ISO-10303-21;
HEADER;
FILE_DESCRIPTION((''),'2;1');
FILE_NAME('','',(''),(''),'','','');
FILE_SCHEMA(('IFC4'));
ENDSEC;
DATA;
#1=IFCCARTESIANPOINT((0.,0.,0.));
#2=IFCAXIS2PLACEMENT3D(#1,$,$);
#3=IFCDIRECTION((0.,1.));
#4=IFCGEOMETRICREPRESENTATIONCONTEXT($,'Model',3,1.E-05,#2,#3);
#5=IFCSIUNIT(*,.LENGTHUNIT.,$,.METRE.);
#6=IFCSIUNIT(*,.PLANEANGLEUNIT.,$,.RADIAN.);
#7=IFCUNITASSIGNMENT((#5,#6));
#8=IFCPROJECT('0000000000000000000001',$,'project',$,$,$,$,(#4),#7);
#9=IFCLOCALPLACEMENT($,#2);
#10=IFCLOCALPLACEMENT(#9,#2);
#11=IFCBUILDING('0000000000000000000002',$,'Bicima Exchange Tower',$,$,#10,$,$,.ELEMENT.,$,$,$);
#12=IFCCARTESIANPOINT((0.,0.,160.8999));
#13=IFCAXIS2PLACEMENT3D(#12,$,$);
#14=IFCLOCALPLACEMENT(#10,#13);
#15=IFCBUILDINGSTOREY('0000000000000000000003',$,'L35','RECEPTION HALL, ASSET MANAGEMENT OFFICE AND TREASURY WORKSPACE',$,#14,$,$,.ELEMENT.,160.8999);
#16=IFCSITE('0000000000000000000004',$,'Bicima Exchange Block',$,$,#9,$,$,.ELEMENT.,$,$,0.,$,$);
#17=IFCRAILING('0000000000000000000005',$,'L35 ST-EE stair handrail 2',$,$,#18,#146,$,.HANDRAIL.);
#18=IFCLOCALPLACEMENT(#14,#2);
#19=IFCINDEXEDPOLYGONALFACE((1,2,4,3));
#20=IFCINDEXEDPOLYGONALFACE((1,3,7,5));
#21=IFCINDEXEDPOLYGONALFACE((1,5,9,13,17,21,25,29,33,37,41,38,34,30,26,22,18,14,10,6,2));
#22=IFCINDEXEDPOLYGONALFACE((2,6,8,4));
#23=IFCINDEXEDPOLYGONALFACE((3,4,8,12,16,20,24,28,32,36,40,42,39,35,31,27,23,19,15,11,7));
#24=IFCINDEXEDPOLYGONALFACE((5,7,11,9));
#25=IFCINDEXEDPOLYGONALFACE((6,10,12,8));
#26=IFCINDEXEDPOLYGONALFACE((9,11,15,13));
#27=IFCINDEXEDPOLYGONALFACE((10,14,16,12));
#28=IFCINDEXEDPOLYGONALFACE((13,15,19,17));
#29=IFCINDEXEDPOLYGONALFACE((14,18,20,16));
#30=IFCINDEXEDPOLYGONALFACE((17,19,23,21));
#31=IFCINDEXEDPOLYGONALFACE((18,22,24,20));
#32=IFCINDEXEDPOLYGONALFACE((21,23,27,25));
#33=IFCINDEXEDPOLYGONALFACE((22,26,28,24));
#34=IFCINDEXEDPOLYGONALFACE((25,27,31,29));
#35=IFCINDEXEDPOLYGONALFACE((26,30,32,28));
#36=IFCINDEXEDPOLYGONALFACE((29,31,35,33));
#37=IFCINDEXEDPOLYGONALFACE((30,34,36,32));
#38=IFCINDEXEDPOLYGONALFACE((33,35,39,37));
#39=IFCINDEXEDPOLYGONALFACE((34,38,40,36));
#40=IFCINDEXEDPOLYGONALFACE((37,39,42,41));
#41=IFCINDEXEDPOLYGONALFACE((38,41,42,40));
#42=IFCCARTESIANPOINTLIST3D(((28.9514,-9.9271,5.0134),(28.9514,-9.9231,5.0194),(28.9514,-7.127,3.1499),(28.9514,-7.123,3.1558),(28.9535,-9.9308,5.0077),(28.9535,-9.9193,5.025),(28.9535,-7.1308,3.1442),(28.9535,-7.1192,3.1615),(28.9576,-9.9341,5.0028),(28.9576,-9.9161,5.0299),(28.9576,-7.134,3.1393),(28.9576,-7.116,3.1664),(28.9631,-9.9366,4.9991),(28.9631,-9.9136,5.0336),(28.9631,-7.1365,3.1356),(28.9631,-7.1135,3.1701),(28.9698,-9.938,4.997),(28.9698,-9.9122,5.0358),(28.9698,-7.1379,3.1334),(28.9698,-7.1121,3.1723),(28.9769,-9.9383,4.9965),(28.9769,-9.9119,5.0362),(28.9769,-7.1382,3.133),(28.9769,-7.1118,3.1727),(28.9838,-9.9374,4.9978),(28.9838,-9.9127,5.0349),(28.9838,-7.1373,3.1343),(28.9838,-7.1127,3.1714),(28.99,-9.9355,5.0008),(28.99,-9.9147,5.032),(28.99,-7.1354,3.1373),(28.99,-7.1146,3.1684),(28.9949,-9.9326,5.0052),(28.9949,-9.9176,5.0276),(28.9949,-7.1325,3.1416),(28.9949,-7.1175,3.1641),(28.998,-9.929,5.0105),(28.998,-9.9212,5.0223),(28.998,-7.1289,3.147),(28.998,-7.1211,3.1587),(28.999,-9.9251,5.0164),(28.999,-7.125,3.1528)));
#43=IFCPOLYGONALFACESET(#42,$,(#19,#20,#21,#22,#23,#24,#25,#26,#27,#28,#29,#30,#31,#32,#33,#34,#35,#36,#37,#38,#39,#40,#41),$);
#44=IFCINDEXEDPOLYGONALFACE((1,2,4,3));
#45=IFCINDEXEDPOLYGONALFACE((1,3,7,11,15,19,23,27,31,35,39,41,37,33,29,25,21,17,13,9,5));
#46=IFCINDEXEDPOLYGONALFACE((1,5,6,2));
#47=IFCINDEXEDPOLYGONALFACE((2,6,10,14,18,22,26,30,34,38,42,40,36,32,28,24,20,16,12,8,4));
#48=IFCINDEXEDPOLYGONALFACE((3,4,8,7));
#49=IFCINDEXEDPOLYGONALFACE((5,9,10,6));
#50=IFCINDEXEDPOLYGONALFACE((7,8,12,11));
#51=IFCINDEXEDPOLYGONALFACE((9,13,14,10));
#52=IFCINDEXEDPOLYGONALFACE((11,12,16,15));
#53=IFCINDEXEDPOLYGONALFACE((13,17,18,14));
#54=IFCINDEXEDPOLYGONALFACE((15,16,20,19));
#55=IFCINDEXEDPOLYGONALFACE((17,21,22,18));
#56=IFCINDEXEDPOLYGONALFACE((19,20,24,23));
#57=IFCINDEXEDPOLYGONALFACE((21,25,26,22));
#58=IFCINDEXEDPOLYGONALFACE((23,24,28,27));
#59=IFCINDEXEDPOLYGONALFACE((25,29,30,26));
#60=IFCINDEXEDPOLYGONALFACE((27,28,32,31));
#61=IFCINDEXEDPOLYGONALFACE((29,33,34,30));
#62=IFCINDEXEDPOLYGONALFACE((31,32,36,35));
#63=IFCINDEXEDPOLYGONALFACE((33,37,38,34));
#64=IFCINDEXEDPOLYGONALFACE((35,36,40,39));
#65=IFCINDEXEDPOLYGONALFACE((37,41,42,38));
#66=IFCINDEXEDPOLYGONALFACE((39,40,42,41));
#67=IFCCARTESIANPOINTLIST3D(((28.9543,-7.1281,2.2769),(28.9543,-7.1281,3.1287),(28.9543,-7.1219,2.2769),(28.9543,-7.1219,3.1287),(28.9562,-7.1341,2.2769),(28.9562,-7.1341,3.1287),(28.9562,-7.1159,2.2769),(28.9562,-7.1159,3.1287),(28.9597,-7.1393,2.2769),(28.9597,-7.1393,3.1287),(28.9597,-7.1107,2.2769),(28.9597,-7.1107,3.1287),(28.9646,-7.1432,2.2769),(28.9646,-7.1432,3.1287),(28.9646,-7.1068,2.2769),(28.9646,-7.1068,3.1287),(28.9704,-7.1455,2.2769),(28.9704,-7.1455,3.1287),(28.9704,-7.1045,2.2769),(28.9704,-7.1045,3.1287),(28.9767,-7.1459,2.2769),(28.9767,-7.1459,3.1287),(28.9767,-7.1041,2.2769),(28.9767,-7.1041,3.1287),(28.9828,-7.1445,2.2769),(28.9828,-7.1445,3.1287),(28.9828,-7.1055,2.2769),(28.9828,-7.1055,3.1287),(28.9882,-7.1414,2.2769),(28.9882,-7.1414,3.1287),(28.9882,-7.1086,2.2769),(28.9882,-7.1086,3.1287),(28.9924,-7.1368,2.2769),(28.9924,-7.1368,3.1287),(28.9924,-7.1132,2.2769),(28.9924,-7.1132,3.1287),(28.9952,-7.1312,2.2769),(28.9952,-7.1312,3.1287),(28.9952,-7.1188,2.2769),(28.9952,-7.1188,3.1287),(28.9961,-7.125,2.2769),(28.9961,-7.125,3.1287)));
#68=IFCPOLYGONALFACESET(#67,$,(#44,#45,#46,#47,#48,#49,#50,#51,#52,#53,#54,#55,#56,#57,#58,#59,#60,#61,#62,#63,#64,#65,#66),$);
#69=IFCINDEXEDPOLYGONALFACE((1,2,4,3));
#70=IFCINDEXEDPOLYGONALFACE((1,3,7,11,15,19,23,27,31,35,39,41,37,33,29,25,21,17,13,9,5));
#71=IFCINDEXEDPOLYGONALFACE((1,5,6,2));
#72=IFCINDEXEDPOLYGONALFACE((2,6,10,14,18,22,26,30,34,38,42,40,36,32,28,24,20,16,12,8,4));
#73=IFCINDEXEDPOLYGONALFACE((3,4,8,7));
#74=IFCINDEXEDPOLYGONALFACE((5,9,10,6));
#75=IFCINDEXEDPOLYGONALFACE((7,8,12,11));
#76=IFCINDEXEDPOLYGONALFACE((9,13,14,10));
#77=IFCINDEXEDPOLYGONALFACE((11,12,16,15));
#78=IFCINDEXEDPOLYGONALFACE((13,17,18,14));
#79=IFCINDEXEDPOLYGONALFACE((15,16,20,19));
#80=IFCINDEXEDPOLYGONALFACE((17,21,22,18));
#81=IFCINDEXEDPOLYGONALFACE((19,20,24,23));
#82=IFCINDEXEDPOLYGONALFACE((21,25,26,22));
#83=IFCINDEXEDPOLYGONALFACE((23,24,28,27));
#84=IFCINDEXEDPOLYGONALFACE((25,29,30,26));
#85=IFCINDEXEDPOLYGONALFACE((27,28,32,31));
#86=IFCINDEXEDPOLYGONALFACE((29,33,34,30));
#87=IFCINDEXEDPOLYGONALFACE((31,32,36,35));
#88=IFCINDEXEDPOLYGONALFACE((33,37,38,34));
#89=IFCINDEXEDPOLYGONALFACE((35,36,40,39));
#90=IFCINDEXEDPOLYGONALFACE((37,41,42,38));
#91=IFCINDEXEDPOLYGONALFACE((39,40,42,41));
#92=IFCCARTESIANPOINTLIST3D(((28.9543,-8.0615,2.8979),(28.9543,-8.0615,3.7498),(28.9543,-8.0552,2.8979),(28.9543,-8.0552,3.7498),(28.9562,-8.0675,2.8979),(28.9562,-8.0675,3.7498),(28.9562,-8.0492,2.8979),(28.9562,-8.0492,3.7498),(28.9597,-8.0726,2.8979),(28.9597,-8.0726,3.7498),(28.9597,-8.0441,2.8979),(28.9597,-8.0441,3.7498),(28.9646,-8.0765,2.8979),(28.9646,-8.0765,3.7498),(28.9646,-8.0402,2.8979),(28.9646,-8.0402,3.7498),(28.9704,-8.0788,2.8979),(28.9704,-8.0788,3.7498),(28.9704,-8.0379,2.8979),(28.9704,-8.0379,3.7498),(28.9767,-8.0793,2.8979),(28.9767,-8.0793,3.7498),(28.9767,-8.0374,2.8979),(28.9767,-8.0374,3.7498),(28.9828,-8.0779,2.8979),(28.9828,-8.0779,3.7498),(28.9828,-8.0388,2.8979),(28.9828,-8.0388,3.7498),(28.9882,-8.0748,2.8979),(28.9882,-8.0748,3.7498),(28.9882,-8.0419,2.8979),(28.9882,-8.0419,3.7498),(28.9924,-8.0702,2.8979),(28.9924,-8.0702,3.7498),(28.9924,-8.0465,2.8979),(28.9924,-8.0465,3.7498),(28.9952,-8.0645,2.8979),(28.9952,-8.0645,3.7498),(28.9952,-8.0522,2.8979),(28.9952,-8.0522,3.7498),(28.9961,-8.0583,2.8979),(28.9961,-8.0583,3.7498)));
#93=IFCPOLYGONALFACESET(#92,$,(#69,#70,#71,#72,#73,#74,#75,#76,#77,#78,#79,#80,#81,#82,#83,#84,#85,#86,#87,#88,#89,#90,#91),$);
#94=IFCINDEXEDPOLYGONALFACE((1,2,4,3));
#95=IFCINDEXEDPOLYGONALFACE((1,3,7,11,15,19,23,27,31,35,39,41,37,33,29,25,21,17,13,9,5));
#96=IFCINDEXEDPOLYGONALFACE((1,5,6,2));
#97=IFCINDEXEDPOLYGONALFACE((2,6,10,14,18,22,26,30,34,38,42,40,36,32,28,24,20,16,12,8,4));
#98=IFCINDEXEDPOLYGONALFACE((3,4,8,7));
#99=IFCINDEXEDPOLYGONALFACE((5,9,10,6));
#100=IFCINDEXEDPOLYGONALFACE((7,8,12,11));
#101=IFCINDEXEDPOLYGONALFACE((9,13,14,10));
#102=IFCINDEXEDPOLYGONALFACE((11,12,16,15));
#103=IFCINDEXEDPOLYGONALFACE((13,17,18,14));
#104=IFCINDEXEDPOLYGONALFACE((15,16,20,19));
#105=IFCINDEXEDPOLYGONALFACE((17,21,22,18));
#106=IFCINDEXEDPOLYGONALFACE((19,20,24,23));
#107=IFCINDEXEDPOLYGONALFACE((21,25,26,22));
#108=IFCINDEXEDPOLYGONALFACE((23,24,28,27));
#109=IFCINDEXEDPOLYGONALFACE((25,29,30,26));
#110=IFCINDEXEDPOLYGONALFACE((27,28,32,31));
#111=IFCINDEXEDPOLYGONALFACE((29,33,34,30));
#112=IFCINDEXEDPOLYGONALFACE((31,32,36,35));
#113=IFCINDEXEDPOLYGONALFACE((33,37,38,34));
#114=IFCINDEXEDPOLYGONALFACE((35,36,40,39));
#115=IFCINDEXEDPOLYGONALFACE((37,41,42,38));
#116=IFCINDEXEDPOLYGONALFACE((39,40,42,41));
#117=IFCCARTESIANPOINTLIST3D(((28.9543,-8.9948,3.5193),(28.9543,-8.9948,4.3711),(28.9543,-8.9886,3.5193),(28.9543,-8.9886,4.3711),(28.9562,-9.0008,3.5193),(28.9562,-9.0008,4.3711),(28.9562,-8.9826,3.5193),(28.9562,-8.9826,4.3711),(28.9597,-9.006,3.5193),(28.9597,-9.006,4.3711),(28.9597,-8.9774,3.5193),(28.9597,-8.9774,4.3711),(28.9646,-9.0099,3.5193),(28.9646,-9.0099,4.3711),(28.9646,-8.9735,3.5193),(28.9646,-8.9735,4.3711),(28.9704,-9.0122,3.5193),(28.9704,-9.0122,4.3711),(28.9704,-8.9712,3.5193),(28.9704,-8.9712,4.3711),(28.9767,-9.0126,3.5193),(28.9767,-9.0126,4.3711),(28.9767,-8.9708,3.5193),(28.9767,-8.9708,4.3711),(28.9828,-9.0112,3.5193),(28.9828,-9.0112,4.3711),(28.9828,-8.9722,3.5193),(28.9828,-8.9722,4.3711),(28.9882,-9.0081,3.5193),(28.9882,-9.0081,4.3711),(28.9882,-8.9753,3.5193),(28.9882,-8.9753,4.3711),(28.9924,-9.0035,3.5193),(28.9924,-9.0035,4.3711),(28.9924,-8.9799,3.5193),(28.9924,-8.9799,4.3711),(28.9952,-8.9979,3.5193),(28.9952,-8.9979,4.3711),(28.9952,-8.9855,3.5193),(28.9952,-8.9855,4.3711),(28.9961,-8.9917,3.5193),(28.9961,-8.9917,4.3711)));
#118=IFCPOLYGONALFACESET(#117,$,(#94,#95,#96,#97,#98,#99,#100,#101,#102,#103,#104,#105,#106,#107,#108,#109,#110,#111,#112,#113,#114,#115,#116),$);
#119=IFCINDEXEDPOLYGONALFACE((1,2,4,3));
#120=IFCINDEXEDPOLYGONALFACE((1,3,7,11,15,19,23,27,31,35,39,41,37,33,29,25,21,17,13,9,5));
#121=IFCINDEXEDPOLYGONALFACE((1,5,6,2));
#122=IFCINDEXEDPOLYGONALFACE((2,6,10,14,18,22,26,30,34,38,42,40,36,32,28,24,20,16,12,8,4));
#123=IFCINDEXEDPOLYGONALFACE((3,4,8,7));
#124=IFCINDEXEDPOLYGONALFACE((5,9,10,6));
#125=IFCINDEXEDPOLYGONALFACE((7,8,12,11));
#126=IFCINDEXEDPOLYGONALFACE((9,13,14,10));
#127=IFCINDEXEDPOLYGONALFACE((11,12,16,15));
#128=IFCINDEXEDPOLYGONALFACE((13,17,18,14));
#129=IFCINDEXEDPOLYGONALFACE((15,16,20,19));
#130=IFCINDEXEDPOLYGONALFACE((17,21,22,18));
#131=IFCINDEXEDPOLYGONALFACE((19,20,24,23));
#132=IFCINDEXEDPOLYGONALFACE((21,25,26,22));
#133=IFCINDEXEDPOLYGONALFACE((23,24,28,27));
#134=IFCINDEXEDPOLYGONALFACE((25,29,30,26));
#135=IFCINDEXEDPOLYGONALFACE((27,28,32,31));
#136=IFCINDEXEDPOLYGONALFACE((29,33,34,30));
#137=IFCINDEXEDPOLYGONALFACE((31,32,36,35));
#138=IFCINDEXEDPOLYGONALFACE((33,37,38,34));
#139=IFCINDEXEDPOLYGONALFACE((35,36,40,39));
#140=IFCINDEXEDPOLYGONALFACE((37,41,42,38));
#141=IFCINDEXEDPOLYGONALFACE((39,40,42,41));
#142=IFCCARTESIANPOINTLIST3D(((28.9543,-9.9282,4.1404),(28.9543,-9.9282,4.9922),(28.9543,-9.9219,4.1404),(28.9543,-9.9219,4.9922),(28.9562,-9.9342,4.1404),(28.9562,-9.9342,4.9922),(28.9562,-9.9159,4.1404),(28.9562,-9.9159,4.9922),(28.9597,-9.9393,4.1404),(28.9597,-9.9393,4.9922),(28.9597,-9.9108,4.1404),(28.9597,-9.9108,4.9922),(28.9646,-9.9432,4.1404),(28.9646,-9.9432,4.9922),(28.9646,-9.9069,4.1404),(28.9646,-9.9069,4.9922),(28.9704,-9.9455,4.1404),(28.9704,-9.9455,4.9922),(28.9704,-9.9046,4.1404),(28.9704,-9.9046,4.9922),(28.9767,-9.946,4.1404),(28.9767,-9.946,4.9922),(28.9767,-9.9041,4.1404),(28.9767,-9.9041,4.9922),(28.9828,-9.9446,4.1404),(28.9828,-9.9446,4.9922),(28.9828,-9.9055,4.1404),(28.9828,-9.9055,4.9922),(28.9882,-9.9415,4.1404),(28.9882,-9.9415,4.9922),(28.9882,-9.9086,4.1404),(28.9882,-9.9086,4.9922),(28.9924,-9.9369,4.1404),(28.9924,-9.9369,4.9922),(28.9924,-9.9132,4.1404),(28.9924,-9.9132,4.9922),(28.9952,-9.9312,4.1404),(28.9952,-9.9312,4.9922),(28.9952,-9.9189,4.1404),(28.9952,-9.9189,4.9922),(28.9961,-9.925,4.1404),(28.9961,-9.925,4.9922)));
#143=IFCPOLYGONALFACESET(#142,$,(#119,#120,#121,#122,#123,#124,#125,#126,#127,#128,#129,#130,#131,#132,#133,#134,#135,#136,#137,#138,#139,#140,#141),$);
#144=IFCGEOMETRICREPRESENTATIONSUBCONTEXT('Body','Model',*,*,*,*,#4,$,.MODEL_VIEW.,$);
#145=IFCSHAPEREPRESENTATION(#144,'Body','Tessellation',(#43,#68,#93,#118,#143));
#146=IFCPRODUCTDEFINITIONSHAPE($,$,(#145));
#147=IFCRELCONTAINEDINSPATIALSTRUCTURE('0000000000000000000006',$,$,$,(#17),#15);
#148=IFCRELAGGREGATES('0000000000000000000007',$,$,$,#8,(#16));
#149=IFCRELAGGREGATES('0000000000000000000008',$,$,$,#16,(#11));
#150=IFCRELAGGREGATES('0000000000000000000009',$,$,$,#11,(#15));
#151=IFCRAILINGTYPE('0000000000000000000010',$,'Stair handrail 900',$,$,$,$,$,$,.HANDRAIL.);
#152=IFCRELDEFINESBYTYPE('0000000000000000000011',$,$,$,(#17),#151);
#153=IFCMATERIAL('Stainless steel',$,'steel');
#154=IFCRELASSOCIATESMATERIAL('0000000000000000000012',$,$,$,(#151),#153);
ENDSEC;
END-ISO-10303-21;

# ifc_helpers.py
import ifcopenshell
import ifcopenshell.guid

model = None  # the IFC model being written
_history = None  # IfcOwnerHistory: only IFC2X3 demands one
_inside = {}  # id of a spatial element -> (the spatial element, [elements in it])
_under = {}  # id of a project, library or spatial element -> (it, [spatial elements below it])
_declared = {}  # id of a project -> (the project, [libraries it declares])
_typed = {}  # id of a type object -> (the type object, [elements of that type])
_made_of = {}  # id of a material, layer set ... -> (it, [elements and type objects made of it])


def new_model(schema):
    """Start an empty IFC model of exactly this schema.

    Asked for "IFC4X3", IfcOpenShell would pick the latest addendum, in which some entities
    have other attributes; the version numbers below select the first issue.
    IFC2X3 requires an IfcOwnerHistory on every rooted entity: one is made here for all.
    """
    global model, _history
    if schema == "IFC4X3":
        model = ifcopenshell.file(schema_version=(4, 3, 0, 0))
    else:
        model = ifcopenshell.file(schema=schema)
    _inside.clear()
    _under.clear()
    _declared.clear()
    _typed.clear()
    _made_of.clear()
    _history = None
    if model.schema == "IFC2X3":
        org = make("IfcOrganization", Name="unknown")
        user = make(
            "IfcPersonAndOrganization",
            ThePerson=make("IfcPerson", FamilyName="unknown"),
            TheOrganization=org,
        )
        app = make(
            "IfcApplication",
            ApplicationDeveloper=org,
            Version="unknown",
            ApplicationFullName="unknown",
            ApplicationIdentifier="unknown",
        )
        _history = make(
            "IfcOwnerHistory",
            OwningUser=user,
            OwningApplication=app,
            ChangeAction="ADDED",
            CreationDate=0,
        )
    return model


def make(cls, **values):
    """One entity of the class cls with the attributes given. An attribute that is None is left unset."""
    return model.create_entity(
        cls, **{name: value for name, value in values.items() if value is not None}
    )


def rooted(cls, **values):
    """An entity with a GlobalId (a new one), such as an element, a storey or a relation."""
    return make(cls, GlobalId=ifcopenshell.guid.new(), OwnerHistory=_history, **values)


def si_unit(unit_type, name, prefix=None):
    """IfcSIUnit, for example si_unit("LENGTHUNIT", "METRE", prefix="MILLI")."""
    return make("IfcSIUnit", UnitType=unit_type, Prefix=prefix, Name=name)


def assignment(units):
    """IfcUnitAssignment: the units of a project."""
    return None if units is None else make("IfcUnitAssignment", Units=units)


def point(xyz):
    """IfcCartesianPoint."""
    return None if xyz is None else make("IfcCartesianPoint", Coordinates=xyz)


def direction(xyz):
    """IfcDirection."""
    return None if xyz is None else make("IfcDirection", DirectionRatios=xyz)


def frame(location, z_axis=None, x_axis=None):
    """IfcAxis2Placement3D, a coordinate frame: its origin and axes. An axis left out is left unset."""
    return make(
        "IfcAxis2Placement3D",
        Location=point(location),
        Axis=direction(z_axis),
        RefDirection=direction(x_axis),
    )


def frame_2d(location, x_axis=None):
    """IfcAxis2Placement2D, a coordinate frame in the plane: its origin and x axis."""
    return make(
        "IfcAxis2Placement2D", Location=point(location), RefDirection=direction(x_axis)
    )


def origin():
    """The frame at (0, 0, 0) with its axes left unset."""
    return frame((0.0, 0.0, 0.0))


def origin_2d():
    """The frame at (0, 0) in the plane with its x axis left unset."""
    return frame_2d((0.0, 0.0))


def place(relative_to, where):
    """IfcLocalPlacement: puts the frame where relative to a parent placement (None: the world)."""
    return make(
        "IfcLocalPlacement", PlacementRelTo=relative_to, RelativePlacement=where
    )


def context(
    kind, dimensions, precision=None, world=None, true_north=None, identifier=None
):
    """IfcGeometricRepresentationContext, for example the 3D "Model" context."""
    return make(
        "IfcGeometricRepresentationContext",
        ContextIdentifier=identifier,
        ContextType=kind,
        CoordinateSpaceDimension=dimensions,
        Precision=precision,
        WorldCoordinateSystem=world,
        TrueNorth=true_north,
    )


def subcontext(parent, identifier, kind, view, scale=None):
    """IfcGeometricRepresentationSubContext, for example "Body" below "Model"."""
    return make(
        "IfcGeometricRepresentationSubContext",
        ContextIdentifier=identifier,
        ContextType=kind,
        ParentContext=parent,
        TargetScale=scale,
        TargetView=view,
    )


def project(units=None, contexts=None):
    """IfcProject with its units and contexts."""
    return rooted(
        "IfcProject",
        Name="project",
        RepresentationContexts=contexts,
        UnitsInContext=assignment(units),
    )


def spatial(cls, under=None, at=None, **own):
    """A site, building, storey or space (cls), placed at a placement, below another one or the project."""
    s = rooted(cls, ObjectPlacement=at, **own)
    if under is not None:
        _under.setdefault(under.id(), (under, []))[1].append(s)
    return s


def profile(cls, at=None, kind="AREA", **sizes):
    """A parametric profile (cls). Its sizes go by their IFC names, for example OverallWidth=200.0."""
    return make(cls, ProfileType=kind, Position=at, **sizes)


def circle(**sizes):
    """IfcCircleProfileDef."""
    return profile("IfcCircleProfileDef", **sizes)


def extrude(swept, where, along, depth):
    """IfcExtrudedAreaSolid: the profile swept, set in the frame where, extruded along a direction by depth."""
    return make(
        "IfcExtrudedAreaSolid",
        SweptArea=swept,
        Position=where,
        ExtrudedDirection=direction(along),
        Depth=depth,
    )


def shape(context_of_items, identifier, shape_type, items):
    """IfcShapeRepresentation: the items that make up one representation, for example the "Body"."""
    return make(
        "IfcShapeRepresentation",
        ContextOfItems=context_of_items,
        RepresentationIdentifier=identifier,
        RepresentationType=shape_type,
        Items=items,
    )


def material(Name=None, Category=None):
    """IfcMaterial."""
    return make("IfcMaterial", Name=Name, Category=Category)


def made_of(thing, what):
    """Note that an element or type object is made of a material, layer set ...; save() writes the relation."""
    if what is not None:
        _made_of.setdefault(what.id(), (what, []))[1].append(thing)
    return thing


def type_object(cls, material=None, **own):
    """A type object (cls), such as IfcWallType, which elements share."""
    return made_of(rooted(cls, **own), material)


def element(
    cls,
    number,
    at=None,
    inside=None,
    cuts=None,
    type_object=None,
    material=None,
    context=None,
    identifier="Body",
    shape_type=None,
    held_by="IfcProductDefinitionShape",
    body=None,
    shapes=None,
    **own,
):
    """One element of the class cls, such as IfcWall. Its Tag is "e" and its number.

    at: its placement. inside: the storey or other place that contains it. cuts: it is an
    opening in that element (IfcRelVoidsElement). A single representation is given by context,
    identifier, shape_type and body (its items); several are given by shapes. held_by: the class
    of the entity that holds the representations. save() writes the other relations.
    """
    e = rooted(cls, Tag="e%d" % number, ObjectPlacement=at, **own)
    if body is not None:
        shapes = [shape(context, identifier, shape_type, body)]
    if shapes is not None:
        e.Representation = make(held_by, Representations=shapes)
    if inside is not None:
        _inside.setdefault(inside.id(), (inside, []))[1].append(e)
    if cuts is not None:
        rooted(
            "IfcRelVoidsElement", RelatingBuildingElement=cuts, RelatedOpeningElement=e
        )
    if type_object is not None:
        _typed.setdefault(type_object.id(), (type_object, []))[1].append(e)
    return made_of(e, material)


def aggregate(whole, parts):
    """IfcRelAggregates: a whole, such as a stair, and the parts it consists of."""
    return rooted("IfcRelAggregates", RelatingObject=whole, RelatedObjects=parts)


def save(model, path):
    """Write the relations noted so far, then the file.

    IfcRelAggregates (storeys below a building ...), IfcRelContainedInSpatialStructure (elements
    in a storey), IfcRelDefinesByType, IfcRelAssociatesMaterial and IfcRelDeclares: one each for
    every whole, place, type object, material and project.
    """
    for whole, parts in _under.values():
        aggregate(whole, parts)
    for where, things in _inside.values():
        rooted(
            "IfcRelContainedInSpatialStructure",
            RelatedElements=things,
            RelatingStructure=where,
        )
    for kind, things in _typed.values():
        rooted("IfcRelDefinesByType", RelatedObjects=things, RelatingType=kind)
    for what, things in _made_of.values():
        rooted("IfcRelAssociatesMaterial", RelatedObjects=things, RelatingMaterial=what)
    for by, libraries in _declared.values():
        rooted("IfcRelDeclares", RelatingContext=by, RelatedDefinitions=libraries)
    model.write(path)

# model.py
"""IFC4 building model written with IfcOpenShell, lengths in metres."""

from ifc_helpers import new_model, si_unit, direction, frame, origin, origin_2d, place, context, subcontext, project, spatial, circle, extrude, material, type_object, element, save


model = new_model("IFC4")

# Units and contexts
model_context = context("Model", 3, precision=1e-05, world=origin(), true_north=direction((0.0, 1.0)))
body_context = subcontext(model_context, "Body", "Model", "MODEL_VIEW")
ifc_project = project(units=[si_unit("LENGTHUNIT", "METRE"), si_unit("PLANEANGLEUNIT", "RADIAN")], contexts=[model_context])

# Site, building, storey
site_placement = place(None, origin())
site = spatial("IfcSite", under=ifc_project, at=site_placement, Name="Bicima Exchange Block", CompositionType="ELEMENT", RefElevation=0.0)
building_placement = place(site_placement, origin())
building = spatial("IfcBuilding", under=site, at=building_placement, Name="Bicima Exchange Tower", CompositionType="ELEMENT")
storey_placement = place(building_placement, frame((0.0, 0.0, 160.8999)))
storey = spatial("IfcBuildingStorey", under=building, at=storey_placement, Name="L35", Description="RECEPTION HALL, ASSET MANAGEMENT OFFICE AND TREASURY WORKSPACE", CompositionType="ELEMENT", Elevation=160.8999)

# Railing
ifc_material_1 = material(Name="Stainless steel", Category="steel")
railing_type_1 = type_object("IfcRailingType", Name="Stair handrail 900", PredefinedType="HANDRAIL", material=ifc_material_1)
for number, where, name in (
    (1, (28.9751, -7.125, 2.2769), "L35 ST-EE stair handrail 2"),
):
    element("IfcRailing", number, at=place(storey_placement, frame(where)), inside=storey, type_object=railing_type_1, Name=name, PredefinedType="HANDRAIL", context=body_context, shape_type="SweptSolid", body=[
        extrude(circle(Radius=0.0239, at=origin_2d()), frame((0.0, 0.0, 0.876), z_axis=(0.0, -0.832486, 0.554047), x_axis=(1.0, 0.0, 0.0)), (0.0, 0.0, 1.0), 3.3635),
        extrude(circle(Radius=0.021, at=origin_2d()), origin(), (0.0, 0.0, 1.0), 0.8518),
        extrude(circle(Radius=0.021, at=origin_2d()), frame((0.0, -0.9333, 0.6211)), (0.0, 0.0, 1.0), 0.8518),
        extrude(circle(Radius=0.021, at=origin_2d()), frame((0.0, -1.8667, 1.2424)), (0.0, 0.0, 1.0), 0.8518),
        extrude(circle(Radius=0.021, at=origin_2d()), frame((0.0, -2.8, 1.8635)), (0.0, 0.0, 1.0), 0.8518),
    ])

save(model, "model.ifc")
